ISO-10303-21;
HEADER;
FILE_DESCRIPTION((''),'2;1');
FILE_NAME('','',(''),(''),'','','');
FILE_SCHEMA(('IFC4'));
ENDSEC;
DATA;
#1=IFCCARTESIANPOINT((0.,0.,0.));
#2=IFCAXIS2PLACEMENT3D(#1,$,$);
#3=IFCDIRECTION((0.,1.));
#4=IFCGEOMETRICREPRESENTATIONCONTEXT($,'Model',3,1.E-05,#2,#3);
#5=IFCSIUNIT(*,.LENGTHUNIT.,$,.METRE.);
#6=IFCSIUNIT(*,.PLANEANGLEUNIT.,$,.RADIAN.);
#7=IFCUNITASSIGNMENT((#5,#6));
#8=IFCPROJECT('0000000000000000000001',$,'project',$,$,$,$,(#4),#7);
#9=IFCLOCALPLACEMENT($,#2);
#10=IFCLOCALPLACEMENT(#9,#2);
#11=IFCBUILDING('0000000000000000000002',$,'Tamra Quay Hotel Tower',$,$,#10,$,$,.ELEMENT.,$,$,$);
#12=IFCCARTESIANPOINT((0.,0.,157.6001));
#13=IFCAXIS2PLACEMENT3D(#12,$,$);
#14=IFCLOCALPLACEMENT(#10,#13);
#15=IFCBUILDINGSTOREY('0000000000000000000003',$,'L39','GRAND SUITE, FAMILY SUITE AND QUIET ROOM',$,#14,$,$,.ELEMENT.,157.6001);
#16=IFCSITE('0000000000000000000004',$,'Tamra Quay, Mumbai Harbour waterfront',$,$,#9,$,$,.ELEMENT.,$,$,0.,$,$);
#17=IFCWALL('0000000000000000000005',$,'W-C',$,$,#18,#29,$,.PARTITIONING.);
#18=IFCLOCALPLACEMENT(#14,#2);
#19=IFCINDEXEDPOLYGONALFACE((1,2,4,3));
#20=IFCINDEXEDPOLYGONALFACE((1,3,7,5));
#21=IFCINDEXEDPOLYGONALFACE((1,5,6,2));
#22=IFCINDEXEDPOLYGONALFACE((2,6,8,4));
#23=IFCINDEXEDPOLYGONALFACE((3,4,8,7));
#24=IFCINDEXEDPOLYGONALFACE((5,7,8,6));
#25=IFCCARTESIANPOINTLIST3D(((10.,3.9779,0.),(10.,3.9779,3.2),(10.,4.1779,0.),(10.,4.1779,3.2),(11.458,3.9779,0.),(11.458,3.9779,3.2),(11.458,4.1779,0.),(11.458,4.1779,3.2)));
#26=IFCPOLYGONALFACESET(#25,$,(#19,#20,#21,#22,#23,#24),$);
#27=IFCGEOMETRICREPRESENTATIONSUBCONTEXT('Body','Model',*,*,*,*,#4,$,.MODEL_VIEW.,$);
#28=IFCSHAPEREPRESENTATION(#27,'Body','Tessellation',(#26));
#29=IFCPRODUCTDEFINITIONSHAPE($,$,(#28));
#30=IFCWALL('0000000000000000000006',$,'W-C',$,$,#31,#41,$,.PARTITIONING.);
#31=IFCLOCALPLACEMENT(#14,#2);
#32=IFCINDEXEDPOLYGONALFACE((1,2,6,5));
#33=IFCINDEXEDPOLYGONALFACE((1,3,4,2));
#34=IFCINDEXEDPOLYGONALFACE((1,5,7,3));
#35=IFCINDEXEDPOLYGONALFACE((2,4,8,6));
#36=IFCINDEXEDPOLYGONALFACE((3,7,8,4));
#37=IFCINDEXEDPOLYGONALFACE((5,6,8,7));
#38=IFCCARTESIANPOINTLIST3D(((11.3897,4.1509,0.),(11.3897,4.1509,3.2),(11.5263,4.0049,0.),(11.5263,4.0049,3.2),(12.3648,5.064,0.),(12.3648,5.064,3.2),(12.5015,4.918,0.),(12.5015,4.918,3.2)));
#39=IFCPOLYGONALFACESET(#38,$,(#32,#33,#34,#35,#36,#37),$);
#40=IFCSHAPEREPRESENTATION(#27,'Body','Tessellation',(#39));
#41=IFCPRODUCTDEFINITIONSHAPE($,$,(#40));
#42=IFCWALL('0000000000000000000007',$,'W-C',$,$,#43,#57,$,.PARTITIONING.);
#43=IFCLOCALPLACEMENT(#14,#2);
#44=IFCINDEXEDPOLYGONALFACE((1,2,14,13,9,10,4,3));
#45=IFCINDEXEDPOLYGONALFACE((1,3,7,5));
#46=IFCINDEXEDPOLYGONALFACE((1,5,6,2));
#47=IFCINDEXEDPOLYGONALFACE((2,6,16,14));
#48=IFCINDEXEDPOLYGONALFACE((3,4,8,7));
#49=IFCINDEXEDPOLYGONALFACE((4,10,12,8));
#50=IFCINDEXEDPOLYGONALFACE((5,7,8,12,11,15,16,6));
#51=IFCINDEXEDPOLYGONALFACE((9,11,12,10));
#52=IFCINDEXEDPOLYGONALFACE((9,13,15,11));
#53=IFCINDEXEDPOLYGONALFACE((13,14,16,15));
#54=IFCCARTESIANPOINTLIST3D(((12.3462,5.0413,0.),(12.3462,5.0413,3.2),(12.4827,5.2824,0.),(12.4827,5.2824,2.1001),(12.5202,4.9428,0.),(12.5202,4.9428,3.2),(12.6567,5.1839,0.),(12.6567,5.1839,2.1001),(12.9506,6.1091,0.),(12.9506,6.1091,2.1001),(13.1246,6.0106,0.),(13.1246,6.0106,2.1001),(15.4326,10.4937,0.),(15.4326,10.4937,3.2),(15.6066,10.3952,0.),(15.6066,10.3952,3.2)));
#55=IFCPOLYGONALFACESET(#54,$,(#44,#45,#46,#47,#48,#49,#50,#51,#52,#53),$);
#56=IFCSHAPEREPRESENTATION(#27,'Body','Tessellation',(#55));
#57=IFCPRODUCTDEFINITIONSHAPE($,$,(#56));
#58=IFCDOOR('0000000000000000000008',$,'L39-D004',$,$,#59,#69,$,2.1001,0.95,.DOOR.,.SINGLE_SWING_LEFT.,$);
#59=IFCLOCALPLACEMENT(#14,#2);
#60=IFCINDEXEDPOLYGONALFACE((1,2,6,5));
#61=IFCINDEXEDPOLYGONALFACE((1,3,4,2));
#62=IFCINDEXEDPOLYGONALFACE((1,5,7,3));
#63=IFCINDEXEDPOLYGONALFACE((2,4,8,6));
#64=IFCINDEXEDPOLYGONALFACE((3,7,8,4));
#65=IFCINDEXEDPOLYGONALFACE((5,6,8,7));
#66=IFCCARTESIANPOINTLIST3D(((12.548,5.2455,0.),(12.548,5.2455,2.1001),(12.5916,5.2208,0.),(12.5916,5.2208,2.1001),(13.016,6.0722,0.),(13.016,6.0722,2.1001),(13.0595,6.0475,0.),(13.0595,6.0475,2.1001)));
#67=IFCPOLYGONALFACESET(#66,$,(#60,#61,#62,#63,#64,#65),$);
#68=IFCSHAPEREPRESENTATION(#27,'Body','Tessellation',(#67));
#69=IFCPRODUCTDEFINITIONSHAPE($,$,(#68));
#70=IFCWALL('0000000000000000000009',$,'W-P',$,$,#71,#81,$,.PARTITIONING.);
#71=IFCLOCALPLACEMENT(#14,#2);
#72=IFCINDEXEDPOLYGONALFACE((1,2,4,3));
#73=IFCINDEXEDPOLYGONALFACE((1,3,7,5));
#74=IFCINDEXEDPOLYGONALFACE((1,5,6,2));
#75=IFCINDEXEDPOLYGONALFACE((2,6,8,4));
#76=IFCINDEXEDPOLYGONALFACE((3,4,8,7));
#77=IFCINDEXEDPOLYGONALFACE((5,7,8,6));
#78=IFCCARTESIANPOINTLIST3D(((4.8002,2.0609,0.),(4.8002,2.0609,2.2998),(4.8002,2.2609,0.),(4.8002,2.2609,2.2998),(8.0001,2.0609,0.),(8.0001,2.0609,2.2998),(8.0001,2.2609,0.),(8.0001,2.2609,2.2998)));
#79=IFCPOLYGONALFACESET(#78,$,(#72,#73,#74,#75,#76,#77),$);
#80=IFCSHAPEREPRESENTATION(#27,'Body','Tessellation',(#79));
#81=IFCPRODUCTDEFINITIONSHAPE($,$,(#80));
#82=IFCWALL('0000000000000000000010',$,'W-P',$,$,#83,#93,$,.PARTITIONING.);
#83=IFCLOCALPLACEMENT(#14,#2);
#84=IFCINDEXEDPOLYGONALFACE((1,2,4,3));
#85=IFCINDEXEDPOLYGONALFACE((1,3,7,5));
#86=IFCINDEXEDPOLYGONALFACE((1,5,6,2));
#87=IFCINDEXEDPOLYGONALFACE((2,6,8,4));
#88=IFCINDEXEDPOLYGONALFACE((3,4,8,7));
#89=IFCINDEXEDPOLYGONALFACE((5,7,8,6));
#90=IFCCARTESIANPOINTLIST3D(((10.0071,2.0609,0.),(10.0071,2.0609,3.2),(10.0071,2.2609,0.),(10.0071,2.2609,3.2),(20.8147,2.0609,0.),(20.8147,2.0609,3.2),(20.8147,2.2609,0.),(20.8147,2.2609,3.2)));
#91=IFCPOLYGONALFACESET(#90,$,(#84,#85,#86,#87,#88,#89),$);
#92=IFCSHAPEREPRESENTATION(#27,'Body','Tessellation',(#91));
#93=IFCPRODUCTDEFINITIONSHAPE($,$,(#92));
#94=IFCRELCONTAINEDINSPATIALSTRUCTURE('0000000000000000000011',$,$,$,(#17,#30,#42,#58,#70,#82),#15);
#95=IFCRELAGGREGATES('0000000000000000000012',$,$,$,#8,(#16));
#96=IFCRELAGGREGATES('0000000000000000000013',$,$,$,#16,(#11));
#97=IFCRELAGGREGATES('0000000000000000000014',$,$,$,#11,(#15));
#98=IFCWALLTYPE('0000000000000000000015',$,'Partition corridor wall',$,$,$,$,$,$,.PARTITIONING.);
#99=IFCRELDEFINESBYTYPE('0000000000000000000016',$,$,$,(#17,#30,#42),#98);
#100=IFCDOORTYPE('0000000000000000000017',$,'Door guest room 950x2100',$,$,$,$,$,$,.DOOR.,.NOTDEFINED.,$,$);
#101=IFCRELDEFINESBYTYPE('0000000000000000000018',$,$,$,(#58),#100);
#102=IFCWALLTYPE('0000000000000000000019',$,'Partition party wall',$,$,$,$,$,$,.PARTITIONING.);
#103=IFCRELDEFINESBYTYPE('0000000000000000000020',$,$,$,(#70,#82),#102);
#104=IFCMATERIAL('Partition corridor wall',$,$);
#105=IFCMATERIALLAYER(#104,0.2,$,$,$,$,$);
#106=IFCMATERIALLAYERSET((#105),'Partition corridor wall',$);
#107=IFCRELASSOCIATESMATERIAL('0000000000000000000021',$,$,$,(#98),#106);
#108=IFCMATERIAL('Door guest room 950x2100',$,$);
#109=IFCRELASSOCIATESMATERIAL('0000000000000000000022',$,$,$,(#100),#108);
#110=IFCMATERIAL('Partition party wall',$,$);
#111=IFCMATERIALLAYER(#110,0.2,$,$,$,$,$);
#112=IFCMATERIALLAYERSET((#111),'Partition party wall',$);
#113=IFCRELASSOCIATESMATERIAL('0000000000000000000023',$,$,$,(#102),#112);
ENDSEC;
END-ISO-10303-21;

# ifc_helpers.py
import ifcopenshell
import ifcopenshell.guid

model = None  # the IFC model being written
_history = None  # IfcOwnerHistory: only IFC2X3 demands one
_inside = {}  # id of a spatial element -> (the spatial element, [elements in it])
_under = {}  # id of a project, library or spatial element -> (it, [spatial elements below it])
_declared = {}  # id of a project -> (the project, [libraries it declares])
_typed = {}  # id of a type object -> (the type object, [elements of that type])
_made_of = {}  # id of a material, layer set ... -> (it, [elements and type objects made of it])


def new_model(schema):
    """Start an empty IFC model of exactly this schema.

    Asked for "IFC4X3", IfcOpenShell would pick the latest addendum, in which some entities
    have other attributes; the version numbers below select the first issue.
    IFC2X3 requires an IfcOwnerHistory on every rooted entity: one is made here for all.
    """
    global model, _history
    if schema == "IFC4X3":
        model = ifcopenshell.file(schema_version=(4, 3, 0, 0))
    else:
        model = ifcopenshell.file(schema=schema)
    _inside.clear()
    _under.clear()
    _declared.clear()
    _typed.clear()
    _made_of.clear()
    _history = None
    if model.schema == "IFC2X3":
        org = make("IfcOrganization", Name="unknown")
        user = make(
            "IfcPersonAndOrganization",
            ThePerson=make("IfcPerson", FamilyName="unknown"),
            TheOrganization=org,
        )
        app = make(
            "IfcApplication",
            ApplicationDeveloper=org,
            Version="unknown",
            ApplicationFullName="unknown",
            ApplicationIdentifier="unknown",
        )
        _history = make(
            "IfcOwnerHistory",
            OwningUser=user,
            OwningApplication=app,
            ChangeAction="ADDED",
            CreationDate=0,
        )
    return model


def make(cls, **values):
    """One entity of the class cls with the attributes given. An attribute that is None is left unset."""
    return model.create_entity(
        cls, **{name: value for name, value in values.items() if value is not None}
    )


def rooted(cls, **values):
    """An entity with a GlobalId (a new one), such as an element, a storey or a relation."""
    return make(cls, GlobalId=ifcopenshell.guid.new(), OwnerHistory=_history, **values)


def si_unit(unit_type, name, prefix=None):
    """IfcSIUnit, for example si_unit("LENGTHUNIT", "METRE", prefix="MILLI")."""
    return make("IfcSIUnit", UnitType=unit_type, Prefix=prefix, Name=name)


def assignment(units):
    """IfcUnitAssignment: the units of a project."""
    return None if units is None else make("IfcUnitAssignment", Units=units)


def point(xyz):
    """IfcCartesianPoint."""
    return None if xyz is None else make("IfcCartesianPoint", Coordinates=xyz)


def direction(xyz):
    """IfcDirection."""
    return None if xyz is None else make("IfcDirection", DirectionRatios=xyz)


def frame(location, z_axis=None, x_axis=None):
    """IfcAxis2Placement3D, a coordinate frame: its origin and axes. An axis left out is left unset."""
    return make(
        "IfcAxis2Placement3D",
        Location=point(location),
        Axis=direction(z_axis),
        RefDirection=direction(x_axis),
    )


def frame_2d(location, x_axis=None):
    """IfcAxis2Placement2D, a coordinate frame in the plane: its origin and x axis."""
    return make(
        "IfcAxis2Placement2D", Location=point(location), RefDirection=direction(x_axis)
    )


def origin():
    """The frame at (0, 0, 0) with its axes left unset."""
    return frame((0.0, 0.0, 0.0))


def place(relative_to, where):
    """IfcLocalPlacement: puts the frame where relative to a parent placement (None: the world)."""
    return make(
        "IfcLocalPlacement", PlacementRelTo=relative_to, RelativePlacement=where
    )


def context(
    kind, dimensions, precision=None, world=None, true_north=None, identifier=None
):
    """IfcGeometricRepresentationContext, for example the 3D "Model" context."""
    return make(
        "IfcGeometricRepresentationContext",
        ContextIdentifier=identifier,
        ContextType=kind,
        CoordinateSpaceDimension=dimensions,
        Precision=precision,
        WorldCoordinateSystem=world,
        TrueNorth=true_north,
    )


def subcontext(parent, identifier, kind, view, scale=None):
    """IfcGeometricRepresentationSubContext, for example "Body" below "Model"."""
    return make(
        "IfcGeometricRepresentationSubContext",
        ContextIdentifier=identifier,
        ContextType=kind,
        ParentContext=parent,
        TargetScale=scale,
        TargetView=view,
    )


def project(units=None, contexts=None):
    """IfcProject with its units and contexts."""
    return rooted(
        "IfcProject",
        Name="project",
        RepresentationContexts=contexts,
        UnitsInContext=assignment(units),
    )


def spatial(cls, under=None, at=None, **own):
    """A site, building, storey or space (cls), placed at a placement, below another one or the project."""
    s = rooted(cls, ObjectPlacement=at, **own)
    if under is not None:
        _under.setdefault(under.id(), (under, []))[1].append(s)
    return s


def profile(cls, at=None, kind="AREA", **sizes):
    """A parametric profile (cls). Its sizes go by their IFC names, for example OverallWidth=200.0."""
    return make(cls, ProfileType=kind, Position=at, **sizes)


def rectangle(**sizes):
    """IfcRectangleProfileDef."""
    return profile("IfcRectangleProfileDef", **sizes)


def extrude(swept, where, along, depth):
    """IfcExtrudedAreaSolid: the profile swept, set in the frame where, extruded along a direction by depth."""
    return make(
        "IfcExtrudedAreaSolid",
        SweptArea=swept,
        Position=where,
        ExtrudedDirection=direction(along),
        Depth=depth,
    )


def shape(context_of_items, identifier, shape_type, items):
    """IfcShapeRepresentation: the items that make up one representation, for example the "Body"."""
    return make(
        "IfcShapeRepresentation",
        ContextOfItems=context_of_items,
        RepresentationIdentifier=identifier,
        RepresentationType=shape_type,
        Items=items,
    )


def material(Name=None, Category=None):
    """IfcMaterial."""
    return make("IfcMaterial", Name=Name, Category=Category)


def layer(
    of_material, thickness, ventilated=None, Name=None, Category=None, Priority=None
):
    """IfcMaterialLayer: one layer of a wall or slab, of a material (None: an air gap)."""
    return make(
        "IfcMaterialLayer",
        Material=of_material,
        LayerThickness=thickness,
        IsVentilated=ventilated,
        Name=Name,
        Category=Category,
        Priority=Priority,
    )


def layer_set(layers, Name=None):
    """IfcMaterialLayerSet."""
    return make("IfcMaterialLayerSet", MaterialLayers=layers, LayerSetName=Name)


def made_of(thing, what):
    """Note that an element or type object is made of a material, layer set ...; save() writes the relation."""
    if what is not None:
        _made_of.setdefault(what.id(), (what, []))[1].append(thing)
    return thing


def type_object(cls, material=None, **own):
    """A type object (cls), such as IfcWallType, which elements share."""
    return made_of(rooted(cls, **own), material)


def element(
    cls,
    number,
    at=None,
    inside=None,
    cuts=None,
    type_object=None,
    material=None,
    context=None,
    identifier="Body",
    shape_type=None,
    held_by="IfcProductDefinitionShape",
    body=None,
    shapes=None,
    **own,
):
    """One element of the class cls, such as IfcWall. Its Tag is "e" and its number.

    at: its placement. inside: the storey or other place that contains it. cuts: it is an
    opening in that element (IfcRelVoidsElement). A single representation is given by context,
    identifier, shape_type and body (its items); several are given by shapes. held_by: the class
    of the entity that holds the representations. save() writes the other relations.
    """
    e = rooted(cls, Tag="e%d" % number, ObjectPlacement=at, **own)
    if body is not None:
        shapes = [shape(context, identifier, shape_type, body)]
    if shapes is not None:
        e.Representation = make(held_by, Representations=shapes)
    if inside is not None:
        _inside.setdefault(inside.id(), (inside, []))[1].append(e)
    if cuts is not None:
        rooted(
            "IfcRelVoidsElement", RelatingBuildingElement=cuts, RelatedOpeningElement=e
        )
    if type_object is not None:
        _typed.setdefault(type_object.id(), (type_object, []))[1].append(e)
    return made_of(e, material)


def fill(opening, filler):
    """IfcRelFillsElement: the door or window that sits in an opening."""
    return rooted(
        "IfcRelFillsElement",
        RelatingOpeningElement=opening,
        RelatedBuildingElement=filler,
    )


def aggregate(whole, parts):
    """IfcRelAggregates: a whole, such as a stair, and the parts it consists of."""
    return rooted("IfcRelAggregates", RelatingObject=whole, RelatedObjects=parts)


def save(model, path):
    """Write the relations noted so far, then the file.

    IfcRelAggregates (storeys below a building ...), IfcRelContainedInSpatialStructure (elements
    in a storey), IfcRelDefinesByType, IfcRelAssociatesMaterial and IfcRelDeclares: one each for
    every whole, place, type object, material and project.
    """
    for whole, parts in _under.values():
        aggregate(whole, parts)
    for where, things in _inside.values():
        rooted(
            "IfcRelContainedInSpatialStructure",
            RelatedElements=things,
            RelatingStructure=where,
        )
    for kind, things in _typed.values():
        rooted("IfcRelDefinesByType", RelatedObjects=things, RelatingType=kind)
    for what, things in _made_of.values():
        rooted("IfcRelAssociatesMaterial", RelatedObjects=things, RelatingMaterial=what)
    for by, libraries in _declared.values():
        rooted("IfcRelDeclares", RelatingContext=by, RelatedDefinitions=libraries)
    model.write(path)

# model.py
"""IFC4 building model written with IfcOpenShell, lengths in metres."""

from ifc_helpers import new_model, si_unit, direction, frame, frame_2d, origin, place, context, subcontext, project, spatial, rectangle, extrude, material, layer, layer_set, type_object, element, fill, save


model = new_model("IFC4")

# Units and contexts
model_context = context("Model", 3, precision=1e-05, world=origin(), true_north=direction((0.0, 1.0)))
body_context = subcontext(model_context, "Body", "Model", "MODEL_VIEW")
ifc_project = project(units=[si_unit("LENGTHUNIT", "METRE"), si_unit("PLANEANGLEUNIT", "RADIAN")], contexts=[model_context])

# Site, building, storey
site_placement = place(None, origin())
site = spatial("IfcSite", under=ifc_project, at=site_placement, Name="Tamra Quay, Mumbai Harbour waterfront", CompositionType="ELEMENT", RefElevation=0.0)
building_placement = place(site_placement, origin())
building = spatial("IfcBuilding", under=site, at=building_placement, Name="Tamra Quay Hotel Tower", CompositionType="ELEMENT")
storey_placement = place(building_placement, frame((0.0, 0.0, 157.6001)))
storey = spatial("IfcBuildingStorey", under=building, at=storey_placement, Name="L39", Description="GRAND SUITE, FAMILY SUITE AND QUIET ROOM", CompositionType="ELEMENT", Elevation=157.6001)

# Shared definitions
ifc_material_1 = material(Name="Partition corridor wall")
ifc_layer_1 = layer(ifc_material_1, 0.2)
ifc_layer_set_1 = layer_set([ifc_layer_1], Name="Partition corridor wall")
wall_type_1 = type_object("IfcWallType", Name="Partition corridor wall", PredefinedType="PARTITIONING", material=ifc_layer_set_1)

# Shared definitions
ifc_material_2 = material(Name="Door guest room 950x2100")
door_type_1 = type_object("IfcDoorType", Name="Door guest room 950x2100", OperationType="NOTDEFINED", PredefinedType="DOOR", material=ifc_material_2)

# Walls
wall_1_placement = place(storey_placement, frame((10.0, 4.0779, 0.0), z_axis=(0.0, 0.0, 1.0), x_axis=(1.0, 0.0, 0.0)))
element("IfcWall", 1, at=wall_1_placement, inside=storey, type_object=wall_type_1, Name="W-C", PredefinedType="PARTITIONING", context=body_context, shape_type="SweptSolid", body=[
    extrude(rectangle(XDim=1.458, YDim=0.2, at=frame_2d((0.729, 0.0))), origin(), (0.0, 0.0, 1.0), 3.2),
])
wall_2_placement = place(storey_placement, frame((11.458, 4.0779, 0.0), z_axis=(0.0, 0.0, 1.0), x_axis=(0.729936, 0.683515, 0.0)))
element("IfcWall", 2, at=wall_2_placement, inside=storey, type_object=wall_type_1, Name="W-C", PredefinedType="PARTITIONING", context=body_context, shape_type="SweptSolid", body=[
    extrude(rectangle(XDim=1.3359, YDim=0.2, at=frame_2d((0.668, 0.0))), origin(), (0.0, 0.0, 1.0), 3.2),
])

# Wall, opening, door
wall_3_placement = place(storey_placement, frame((12.4331, 4.9919, 0.0), z_axis=(0.0, 0.0, 1.0), x_axis=(0.492618, 0.870246, 0.0)))
wall_3 = element("IfcWall", 3, at=wall_3_placement, inside=storey, type_object=wall_type_1, Name="W-C", PredefinedType="PARTITIONING", context=body_context, shape_type="SweptSolid", body=[
    extrude(rectangle(XDim=6.2654, YDim=0.2, at=frame_2d((3.1328, 0.0))), origin(), (0.0, 0.0, 1.0), 3.2),
])
opening_1_placement = place(wall_3_placement, frame((0.2771, 0.0, 0.0)))
opening_1 = element("IfcOpeningElement", 4, at=opening_1_placement, cuts=wall_3, PredefinedType="OPENING", context=body_context, shape_type="SweptSolid", body=[
    extrude(rectangle(XDim=0.95, YDim=2.1001, at=frame_2d((0.4751, 1.05))), frame((0.0, 0.1099, 0.0), z_axis=(0.0, -1.0, 0.0), x_axis=(1.0, 0.0, 0.0)), (0.0, 0.0, 1.0), 0.22),
])
door_1_placement = place(opening_1_placement, origin())
door_1 = element("IfcDoor", 5, at=door_1_placement, inside=storey, type_object=door_type_1, Name="L39-D004", OperationType="SINGLE_SWING_LEFT", OverallHeight=2.1001, OverallWidth=0.95, PredefinedType="DOOR", context=body_context, shape_type="SweptSolid", body=[
    extrude(rectangle(XDim=0.95, YDim=2.1001, at=frame_2d((0.4751, 1.05))), frame((0.0, 0.0249, 0.0), z_axis=(0.0, -1.0, 0.0), x_axis=(1.0, 0.0, 0.0)), (0.0, 0.0, 1.0), 0.05),
])
fill(opening_1, door_1)

# Walls
ifc_material_3 = material(Name="Partition party wall")
ifc_layer_2 = layer(ifc_material_3, 0.2)
ifc_layer_set_2 = layer_set([ifc_layer_2], Name="Partition party wall")
wall_type_2 = type_object("IfcWallType", Name="Partition party wall", PredefinedType="PARTITIONING", material=ifc_layer_set_2)
wall_4_placement = place(storey_placement, frame((4.8, 2.1609, 0.0), z_axis=(0.0, 0.0, 1.0), x_axis=(1.0, 0.0, 0.0)))
element("IfcWall", 6, at=wall_4_placement, inside=storey, type_object=wall_type_2, Name="W-P", PredefinedType="PARTITIONING", context=body_context, shape_type="SweptSolid", body=[
    extrude(rectangle(XDim=3.2, YDim=0.2, at=frame_2d((1.6001, 0.0))), origin(), (0.0, 0.0, 1.0), 2.2998),
])
wall_5_placement = place(storey_placement, frame((10.0071, 2.1609, 0.0), z_axis=(0.0, 0.0, 1.0), x_axis=(1.0, 0.0, 0.0)))
element("IfcWall", 7, at=wall_5_placement, inside=storey, type_object=wall_type_2, Name="W-P", PredefinedType="PARTITIONING", context=body_context, shape_type="SweptSolid", body=[
    extrude(rectangle(XDim=10.8076, YDim=0.2, at=frame_2d((5.4038, 0.0))), origin(), (0.0, 0.0, 1.0), 3.2),
])

save(model, "model.ifc")
